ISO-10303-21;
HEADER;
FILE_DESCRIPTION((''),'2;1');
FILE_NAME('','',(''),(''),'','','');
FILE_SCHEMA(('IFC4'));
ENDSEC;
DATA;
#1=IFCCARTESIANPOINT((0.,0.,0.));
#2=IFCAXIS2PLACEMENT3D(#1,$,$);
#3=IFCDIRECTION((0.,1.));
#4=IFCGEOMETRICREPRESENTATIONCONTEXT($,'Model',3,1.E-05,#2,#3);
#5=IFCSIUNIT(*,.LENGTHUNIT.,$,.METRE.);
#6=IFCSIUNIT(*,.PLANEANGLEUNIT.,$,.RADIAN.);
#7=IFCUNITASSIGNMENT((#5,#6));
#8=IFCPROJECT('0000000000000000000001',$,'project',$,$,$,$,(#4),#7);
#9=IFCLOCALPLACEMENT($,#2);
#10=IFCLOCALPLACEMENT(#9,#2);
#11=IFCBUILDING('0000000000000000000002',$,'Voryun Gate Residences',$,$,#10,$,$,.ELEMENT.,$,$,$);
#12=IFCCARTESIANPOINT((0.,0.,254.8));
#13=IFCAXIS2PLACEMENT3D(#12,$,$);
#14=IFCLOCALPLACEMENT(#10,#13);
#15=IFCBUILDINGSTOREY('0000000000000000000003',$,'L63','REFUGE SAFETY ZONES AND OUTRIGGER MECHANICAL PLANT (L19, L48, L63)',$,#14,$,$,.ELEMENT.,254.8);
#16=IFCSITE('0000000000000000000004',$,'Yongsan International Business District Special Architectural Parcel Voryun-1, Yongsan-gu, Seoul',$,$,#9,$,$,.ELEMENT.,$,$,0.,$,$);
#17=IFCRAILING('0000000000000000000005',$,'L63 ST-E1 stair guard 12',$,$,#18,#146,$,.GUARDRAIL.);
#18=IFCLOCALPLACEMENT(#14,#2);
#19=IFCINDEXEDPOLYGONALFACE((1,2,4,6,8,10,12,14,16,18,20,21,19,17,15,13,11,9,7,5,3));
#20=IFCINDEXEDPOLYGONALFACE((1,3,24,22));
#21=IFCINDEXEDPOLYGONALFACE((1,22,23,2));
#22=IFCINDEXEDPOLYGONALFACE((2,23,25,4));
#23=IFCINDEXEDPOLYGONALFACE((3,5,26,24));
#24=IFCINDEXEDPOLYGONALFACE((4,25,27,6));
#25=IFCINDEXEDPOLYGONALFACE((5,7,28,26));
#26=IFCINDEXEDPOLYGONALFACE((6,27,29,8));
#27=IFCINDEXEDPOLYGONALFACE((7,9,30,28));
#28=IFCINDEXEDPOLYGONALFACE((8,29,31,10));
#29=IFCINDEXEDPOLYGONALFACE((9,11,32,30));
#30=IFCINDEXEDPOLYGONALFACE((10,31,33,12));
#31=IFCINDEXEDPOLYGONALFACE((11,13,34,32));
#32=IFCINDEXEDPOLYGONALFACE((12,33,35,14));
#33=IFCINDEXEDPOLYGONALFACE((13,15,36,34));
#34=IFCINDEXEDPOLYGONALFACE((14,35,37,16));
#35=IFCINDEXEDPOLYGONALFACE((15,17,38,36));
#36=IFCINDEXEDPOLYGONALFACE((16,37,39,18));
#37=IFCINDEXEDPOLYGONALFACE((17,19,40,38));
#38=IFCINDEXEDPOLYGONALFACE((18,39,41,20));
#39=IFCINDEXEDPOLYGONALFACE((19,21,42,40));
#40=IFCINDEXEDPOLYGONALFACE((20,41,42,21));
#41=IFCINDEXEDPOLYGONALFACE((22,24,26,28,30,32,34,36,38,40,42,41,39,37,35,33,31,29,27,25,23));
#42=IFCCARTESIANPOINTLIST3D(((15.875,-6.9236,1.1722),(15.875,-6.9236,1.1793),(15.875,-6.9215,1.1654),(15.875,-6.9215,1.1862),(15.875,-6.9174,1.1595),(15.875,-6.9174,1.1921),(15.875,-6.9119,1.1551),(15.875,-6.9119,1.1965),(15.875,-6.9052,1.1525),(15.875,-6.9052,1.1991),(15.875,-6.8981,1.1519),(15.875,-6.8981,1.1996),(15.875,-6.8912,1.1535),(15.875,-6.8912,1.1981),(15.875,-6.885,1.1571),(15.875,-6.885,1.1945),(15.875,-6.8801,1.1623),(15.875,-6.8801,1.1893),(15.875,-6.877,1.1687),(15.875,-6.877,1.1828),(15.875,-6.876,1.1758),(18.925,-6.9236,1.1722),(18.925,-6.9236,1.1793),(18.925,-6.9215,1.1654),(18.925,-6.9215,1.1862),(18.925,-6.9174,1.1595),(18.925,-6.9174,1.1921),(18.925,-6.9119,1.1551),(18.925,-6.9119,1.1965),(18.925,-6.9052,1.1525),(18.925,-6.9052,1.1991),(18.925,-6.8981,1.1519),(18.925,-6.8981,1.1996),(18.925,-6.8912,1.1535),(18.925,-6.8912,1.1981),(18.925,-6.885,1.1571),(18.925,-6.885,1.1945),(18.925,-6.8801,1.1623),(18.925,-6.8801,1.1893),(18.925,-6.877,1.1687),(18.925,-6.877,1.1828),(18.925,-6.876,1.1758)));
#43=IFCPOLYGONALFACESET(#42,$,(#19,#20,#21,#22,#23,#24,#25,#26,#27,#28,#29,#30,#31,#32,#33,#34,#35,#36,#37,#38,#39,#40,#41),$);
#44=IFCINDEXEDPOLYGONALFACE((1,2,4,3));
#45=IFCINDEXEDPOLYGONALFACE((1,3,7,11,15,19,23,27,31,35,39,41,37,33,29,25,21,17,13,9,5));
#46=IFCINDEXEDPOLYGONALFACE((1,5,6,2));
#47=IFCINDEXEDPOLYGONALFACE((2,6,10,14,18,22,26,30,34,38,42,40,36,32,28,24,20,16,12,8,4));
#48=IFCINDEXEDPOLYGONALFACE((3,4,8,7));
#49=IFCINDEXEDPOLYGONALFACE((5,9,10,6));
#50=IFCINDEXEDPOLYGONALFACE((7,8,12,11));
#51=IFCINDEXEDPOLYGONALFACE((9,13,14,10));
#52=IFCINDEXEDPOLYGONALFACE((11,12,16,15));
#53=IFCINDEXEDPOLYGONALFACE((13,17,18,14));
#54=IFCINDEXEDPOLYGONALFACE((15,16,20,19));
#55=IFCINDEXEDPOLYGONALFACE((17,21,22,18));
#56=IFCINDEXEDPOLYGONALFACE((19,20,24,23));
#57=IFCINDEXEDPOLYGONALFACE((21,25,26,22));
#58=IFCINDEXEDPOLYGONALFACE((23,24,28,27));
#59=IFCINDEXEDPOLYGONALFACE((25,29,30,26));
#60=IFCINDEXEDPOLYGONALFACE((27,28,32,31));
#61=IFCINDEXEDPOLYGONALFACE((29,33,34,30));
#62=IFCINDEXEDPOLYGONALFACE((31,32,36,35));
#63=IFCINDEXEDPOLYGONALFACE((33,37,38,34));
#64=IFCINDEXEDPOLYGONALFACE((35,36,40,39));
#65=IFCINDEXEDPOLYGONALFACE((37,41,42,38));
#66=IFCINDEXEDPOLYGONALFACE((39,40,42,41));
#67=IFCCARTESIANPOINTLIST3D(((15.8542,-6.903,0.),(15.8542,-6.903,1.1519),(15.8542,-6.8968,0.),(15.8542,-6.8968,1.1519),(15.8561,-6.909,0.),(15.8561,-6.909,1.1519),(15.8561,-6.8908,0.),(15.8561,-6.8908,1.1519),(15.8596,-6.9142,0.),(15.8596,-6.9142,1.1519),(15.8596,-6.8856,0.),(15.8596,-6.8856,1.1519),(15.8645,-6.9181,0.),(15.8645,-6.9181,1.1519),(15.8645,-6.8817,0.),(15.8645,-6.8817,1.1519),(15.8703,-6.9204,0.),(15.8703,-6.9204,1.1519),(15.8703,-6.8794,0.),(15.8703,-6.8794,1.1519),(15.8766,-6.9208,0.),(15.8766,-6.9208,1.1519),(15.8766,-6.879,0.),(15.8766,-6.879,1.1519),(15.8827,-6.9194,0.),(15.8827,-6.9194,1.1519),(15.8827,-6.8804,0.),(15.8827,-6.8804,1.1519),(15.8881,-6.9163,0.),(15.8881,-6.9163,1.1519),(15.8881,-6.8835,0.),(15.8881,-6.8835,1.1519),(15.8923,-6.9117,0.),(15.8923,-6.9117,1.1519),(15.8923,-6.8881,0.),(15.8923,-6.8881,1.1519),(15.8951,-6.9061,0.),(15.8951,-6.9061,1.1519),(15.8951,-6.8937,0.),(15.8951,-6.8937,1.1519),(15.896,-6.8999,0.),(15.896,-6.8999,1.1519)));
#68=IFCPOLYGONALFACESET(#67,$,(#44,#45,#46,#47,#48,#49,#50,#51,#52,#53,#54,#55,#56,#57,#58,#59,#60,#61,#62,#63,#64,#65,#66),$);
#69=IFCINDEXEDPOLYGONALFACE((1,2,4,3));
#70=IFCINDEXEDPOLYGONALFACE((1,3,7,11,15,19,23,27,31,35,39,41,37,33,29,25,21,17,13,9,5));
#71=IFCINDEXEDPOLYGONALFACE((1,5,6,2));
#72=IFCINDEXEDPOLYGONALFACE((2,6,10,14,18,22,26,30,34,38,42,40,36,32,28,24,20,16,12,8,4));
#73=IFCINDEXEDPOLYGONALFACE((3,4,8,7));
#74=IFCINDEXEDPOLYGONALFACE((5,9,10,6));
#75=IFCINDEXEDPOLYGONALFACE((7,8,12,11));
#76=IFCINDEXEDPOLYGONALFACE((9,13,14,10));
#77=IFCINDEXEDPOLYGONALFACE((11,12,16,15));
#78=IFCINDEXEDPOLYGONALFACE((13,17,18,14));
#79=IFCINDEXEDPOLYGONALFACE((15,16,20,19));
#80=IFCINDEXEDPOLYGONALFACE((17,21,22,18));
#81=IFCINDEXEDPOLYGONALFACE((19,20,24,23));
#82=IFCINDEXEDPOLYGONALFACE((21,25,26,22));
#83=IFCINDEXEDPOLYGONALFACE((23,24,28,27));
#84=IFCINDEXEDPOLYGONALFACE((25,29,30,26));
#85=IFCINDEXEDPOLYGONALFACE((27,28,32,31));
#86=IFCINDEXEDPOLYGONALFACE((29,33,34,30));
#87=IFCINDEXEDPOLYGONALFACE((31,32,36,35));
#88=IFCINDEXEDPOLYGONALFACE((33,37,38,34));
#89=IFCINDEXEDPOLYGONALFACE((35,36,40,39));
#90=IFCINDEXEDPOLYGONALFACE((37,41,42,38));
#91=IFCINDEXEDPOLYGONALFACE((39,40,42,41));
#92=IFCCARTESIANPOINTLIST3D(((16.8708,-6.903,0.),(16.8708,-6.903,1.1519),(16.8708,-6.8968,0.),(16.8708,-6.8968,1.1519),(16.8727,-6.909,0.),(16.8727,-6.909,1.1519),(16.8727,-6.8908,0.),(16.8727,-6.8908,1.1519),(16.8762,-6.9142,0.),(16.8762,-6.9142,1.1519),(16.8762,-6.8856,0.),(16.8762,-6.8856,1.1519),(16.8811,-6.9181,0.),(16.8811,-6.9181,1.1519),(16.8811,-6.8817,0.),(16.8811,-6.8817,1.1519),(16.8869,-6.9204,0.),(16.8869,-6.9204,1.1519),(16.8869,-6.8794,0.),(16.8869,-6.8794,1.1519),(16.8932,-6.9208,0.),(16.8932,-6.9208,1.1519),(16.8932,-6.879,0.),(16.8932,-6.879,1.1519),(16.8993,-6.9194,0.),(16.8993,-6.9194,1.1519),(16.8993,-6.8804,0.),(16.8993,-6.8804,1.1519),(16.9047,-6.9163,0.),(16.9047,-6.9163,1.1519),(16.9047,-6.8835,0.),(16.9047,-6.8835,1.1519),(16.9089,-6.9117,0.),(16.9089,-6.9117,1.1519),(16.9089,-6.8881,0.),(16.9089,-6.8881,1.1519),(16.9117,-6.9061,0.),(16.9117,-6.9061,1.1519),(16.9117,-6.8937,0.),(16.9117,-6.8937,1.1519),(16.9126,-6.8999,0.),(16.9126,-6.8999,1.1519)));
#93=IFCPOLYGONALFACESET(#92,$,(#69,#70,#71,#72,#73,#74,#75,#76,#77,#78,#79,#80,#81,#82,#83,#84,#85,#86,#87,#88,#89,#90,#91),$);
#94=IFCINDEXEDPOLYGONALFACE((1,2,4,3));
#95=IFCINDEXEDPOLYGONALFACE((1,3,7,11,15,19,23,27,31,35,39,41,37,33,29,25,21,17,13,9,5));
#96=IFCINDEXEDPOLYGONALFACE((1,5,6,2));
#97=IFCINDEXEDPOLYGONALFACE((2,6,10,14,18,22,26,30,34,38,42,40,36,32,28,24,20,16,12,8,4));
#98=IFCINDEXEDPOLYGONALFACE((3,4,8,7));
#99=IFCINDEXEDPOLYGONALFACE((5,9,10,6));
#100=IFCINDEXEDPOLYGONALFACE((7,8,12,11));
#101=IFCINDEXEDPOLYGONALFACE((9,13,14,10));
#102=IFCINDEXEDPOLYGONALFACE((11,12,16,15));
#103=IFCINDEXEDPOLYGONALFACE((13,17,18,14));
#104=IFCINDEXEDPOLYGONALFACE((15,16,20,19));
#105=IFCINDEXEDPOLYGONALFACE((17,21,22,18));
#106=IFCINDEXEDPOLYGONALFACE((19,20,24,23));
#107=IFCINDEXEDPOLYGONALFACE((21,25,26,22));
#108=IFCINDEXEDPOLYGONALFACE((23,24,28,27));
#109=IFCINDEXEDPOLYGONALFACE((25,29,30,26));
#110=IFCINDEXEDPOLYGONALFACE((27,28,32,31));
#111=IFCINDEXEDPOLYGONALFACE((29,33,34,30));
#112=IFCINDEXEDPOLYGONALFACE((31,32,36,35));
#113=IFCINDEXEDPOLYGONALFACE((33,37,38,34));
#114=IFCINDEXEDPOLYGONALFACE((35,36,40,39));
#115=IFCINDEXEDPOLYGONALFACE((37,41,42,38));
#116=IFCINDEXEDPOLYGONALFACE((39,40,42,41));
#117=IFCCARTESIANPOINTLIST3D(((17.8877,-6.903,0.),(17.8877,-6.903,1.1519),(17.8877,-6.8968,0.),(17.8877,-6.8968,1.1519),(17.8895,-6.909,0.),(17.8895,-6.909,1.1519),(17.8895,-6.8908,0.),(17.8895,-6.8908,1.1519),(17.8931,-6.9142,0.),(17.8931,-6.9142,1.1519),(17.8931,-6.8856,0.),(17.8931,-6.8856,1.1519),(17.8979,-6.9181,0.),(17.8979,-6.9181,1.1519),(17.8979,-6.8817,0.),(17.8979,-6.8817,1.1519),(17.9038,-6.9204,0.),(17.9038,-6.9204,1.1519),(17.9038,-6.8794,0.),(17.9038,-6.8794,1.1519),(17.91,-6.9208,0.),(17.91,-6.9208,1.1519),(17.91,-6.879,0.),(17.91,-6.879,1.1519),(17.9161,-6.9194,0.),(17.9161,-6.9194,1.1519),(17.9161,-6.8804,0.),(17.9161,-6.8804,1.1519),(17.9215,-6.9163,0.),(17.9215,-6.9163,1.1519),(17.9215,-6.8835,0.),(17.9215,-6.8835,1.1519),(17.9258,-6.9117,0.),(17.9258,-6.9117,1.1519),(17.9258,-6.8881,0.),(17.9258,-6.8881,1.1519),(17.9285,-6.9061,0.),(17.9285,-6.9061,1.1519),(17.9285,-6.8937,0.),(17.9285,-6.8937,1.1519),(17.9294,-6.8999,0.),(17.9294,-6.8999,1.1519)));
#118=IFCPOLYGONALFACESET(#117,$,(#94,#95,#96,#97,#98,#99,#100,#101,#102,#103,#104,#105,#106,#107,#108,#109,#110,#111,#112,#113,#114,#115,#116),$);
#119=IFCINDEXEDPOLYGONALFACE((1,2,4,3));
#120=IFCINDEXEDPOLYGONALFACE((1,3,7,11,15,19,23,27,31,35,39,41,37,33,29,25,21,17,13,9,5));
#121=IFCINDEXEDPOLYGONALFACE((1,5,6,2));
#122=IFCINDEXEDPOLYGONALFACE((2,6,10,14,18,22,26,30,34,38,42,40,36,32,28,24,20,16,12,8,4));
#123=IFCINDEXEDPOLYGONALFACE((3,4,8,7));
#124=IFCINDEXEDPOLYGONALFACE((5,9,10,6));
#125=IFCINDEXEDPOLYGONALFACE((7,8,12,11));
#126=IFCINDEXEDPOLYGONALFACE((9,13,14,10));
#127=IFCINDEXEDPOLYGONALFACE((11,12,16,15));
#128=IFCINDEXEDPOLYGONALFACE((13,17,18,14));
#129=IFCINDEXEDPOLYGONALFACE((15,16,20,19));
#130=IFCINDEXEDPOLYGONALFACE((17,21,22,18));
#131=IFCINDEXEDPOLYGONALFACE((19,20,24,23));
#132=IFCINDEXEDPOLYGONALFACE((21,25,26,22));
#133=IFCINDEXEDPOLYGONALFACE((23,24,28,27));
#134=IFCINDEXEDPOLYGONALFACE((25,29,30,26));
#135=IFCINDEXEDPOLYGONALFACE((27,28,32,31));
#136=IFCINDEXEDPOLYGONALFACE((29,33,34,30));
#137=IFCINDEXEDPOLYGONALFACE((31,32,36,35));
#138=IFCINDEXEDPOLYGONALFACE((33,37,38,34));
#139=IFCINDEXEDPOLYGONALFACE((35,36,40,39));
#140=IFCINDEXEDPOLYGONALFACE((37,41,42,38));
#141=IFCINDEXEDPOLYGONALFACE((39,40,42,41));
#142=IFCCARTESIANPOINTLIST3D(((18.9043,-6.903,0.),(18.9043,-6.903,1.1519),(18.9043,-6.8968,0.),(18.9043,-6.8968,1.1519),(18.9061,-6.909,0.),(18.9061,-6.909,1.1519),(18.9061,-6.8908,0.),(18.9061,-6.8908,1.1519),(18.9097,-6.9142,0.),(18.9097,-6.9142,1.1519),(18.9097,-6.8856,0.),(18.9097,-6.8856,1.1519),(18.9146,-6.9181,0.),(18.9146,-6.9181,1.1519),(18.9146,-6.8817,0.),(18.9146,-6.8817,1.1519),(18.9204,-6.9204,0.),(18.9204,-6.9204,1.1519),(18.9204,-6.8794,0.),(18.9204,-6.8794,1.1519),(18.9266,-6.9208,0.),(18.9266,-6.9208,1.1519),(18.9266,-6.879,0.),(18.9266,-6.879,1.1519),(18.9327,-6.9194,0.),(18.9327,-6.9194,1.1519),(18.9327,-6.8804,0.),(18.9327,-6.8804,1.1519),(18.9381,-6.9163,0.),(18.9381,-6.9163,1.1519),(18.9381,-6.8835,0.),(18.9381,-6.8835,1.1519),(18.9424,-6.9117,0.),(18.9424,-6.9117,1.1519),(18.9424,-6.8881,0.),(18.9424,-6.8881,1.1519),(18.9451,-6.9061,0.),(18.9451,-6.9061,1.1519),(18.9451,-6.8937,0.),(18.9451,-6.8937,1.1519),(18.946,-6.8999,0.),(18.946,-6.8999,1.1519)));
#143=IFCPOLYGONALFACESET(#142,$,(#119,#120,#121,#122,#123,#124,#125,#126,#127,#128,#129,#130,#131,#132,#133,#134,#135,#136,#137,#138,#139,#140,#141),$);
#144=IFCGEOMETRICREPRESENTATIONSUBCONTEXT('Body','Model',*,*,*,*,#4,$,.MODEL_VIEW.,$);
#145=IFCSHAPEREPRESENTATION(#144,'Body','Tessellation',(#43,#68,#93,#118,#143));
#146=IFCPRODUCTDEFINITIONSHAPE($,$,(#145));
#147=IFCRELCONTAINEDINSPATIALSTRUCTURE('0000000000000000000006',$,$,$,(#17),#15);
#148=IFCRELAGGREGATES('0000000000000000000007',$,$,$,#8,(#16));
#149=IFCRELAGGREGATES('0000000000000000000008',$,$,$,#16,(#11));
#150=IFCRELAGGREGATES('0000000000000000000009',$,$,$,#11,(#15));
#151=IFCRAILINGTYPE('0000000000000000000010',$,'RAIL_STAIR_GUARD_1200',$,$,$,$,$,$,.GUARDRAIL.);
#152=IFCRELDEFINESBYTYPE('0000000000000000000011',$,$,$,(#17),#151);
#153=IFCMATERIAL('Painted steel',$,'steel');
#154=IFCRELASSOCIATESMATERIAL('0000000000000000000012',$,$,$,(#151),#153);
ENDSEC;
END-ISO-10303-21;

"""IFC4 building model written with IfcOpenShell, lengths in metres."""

from ifc_helpers import new_model, si_unit, direction, frame, origin, origin_2d, place, context, subcontext, project, spatial, circle, extrude, material, type_object, element, save


model = new_model("IFC4")

# Units and contexts
model_context = context("Model", 3, precision=1e-05, world=origin(), true_north=direction((0.0, 1.0)))
body_context = subcontext(model_context, "Body", "Model", "MODEL_VIEW")
ifc_project = project(units=[si_unit("LENGTHUNIT", "METRE"), si_unit("PLANEANGLEUNIT", "RADIAN")], contexts=[model_context])

# Site, building, storey
site_placement = place(None, origin())
site = spatial("IfcSite", under=ifc_project, at=site_placement, Name="Yongsan International Business District Special Architectural Parcel Voryun-1, Yongsan-gu, Seoul", CompositionType="ELEMENT", RefElevation=0.0)
building_placement = place(site_placement, origin())
building = spatial("IfcBuilding", under=site, at=building_placement, Name="Voryun Gate Residences", CompositionType="ELEMENT")
storey_placement = place(building_placement, frame((0.0, 0.0, 254.8)))
storey = spatial("IfcBuildingStorey", under=building, at=storey_placement, Name="L63", Description="REFUGE SAFETY ZONES AND OUTRIGGER MECHANICAL PLANT (L19, L48, L63)", CompositionType="ELEMENT", Elevation=254.8)

# Railing
ifc_material_1 = material(Name="Painted steel", Category="steel")
railing_type = type_object("IfcRailingType", Name="RAIL_STAIR_GUARD_1200", PredefinedType="GUARDRAIL", material=ifc_material_1)
railing_1_placement = place(storey_placement, frame((15.875, -6.8999, 0.0)))
element("IfcRailing", 1, at=railing_1_placement, inside=storey, type_object=railing_type, Name="L63 ST-E1 stair guard 12", PredefinedType="GUARDRAIL", context=body_context, shape_type="SweptSolid", body=[
    extrude(circle(Radius=0.0239, at=origin_2d()), frame((0.0, 0.0, 1.1758), z_axis=(1.0, 0.0, 0.0), x_axis=(0.0, 1.0, 0.0)), (0.0, 0.0, 1.0), 3.05),
    extrude(circle(Radius=0.021, at=origin_2d()), origin(), (0.0, 0.0, 1.0), 1.1519),
    extrude(circle(Radius=0.021, at=origin_2d()), frame((1.0166, 0.0, 0.0)), (0.0, 0.0, 1.0), 1.1519),
    extrude(circle(Radius=0.021, at=origin_2d()), frame((2.0334, 0.0, 0.0)), (0.0, 0.0, 1.0), 1.1519),
    extrude(circle(Radius=0.021, at=origin_2d()), frame((3.05, 0.0, 0.0)), (0.0, 0.0, 1.0), 1.1519),
])

save(model, "model.ifc")
